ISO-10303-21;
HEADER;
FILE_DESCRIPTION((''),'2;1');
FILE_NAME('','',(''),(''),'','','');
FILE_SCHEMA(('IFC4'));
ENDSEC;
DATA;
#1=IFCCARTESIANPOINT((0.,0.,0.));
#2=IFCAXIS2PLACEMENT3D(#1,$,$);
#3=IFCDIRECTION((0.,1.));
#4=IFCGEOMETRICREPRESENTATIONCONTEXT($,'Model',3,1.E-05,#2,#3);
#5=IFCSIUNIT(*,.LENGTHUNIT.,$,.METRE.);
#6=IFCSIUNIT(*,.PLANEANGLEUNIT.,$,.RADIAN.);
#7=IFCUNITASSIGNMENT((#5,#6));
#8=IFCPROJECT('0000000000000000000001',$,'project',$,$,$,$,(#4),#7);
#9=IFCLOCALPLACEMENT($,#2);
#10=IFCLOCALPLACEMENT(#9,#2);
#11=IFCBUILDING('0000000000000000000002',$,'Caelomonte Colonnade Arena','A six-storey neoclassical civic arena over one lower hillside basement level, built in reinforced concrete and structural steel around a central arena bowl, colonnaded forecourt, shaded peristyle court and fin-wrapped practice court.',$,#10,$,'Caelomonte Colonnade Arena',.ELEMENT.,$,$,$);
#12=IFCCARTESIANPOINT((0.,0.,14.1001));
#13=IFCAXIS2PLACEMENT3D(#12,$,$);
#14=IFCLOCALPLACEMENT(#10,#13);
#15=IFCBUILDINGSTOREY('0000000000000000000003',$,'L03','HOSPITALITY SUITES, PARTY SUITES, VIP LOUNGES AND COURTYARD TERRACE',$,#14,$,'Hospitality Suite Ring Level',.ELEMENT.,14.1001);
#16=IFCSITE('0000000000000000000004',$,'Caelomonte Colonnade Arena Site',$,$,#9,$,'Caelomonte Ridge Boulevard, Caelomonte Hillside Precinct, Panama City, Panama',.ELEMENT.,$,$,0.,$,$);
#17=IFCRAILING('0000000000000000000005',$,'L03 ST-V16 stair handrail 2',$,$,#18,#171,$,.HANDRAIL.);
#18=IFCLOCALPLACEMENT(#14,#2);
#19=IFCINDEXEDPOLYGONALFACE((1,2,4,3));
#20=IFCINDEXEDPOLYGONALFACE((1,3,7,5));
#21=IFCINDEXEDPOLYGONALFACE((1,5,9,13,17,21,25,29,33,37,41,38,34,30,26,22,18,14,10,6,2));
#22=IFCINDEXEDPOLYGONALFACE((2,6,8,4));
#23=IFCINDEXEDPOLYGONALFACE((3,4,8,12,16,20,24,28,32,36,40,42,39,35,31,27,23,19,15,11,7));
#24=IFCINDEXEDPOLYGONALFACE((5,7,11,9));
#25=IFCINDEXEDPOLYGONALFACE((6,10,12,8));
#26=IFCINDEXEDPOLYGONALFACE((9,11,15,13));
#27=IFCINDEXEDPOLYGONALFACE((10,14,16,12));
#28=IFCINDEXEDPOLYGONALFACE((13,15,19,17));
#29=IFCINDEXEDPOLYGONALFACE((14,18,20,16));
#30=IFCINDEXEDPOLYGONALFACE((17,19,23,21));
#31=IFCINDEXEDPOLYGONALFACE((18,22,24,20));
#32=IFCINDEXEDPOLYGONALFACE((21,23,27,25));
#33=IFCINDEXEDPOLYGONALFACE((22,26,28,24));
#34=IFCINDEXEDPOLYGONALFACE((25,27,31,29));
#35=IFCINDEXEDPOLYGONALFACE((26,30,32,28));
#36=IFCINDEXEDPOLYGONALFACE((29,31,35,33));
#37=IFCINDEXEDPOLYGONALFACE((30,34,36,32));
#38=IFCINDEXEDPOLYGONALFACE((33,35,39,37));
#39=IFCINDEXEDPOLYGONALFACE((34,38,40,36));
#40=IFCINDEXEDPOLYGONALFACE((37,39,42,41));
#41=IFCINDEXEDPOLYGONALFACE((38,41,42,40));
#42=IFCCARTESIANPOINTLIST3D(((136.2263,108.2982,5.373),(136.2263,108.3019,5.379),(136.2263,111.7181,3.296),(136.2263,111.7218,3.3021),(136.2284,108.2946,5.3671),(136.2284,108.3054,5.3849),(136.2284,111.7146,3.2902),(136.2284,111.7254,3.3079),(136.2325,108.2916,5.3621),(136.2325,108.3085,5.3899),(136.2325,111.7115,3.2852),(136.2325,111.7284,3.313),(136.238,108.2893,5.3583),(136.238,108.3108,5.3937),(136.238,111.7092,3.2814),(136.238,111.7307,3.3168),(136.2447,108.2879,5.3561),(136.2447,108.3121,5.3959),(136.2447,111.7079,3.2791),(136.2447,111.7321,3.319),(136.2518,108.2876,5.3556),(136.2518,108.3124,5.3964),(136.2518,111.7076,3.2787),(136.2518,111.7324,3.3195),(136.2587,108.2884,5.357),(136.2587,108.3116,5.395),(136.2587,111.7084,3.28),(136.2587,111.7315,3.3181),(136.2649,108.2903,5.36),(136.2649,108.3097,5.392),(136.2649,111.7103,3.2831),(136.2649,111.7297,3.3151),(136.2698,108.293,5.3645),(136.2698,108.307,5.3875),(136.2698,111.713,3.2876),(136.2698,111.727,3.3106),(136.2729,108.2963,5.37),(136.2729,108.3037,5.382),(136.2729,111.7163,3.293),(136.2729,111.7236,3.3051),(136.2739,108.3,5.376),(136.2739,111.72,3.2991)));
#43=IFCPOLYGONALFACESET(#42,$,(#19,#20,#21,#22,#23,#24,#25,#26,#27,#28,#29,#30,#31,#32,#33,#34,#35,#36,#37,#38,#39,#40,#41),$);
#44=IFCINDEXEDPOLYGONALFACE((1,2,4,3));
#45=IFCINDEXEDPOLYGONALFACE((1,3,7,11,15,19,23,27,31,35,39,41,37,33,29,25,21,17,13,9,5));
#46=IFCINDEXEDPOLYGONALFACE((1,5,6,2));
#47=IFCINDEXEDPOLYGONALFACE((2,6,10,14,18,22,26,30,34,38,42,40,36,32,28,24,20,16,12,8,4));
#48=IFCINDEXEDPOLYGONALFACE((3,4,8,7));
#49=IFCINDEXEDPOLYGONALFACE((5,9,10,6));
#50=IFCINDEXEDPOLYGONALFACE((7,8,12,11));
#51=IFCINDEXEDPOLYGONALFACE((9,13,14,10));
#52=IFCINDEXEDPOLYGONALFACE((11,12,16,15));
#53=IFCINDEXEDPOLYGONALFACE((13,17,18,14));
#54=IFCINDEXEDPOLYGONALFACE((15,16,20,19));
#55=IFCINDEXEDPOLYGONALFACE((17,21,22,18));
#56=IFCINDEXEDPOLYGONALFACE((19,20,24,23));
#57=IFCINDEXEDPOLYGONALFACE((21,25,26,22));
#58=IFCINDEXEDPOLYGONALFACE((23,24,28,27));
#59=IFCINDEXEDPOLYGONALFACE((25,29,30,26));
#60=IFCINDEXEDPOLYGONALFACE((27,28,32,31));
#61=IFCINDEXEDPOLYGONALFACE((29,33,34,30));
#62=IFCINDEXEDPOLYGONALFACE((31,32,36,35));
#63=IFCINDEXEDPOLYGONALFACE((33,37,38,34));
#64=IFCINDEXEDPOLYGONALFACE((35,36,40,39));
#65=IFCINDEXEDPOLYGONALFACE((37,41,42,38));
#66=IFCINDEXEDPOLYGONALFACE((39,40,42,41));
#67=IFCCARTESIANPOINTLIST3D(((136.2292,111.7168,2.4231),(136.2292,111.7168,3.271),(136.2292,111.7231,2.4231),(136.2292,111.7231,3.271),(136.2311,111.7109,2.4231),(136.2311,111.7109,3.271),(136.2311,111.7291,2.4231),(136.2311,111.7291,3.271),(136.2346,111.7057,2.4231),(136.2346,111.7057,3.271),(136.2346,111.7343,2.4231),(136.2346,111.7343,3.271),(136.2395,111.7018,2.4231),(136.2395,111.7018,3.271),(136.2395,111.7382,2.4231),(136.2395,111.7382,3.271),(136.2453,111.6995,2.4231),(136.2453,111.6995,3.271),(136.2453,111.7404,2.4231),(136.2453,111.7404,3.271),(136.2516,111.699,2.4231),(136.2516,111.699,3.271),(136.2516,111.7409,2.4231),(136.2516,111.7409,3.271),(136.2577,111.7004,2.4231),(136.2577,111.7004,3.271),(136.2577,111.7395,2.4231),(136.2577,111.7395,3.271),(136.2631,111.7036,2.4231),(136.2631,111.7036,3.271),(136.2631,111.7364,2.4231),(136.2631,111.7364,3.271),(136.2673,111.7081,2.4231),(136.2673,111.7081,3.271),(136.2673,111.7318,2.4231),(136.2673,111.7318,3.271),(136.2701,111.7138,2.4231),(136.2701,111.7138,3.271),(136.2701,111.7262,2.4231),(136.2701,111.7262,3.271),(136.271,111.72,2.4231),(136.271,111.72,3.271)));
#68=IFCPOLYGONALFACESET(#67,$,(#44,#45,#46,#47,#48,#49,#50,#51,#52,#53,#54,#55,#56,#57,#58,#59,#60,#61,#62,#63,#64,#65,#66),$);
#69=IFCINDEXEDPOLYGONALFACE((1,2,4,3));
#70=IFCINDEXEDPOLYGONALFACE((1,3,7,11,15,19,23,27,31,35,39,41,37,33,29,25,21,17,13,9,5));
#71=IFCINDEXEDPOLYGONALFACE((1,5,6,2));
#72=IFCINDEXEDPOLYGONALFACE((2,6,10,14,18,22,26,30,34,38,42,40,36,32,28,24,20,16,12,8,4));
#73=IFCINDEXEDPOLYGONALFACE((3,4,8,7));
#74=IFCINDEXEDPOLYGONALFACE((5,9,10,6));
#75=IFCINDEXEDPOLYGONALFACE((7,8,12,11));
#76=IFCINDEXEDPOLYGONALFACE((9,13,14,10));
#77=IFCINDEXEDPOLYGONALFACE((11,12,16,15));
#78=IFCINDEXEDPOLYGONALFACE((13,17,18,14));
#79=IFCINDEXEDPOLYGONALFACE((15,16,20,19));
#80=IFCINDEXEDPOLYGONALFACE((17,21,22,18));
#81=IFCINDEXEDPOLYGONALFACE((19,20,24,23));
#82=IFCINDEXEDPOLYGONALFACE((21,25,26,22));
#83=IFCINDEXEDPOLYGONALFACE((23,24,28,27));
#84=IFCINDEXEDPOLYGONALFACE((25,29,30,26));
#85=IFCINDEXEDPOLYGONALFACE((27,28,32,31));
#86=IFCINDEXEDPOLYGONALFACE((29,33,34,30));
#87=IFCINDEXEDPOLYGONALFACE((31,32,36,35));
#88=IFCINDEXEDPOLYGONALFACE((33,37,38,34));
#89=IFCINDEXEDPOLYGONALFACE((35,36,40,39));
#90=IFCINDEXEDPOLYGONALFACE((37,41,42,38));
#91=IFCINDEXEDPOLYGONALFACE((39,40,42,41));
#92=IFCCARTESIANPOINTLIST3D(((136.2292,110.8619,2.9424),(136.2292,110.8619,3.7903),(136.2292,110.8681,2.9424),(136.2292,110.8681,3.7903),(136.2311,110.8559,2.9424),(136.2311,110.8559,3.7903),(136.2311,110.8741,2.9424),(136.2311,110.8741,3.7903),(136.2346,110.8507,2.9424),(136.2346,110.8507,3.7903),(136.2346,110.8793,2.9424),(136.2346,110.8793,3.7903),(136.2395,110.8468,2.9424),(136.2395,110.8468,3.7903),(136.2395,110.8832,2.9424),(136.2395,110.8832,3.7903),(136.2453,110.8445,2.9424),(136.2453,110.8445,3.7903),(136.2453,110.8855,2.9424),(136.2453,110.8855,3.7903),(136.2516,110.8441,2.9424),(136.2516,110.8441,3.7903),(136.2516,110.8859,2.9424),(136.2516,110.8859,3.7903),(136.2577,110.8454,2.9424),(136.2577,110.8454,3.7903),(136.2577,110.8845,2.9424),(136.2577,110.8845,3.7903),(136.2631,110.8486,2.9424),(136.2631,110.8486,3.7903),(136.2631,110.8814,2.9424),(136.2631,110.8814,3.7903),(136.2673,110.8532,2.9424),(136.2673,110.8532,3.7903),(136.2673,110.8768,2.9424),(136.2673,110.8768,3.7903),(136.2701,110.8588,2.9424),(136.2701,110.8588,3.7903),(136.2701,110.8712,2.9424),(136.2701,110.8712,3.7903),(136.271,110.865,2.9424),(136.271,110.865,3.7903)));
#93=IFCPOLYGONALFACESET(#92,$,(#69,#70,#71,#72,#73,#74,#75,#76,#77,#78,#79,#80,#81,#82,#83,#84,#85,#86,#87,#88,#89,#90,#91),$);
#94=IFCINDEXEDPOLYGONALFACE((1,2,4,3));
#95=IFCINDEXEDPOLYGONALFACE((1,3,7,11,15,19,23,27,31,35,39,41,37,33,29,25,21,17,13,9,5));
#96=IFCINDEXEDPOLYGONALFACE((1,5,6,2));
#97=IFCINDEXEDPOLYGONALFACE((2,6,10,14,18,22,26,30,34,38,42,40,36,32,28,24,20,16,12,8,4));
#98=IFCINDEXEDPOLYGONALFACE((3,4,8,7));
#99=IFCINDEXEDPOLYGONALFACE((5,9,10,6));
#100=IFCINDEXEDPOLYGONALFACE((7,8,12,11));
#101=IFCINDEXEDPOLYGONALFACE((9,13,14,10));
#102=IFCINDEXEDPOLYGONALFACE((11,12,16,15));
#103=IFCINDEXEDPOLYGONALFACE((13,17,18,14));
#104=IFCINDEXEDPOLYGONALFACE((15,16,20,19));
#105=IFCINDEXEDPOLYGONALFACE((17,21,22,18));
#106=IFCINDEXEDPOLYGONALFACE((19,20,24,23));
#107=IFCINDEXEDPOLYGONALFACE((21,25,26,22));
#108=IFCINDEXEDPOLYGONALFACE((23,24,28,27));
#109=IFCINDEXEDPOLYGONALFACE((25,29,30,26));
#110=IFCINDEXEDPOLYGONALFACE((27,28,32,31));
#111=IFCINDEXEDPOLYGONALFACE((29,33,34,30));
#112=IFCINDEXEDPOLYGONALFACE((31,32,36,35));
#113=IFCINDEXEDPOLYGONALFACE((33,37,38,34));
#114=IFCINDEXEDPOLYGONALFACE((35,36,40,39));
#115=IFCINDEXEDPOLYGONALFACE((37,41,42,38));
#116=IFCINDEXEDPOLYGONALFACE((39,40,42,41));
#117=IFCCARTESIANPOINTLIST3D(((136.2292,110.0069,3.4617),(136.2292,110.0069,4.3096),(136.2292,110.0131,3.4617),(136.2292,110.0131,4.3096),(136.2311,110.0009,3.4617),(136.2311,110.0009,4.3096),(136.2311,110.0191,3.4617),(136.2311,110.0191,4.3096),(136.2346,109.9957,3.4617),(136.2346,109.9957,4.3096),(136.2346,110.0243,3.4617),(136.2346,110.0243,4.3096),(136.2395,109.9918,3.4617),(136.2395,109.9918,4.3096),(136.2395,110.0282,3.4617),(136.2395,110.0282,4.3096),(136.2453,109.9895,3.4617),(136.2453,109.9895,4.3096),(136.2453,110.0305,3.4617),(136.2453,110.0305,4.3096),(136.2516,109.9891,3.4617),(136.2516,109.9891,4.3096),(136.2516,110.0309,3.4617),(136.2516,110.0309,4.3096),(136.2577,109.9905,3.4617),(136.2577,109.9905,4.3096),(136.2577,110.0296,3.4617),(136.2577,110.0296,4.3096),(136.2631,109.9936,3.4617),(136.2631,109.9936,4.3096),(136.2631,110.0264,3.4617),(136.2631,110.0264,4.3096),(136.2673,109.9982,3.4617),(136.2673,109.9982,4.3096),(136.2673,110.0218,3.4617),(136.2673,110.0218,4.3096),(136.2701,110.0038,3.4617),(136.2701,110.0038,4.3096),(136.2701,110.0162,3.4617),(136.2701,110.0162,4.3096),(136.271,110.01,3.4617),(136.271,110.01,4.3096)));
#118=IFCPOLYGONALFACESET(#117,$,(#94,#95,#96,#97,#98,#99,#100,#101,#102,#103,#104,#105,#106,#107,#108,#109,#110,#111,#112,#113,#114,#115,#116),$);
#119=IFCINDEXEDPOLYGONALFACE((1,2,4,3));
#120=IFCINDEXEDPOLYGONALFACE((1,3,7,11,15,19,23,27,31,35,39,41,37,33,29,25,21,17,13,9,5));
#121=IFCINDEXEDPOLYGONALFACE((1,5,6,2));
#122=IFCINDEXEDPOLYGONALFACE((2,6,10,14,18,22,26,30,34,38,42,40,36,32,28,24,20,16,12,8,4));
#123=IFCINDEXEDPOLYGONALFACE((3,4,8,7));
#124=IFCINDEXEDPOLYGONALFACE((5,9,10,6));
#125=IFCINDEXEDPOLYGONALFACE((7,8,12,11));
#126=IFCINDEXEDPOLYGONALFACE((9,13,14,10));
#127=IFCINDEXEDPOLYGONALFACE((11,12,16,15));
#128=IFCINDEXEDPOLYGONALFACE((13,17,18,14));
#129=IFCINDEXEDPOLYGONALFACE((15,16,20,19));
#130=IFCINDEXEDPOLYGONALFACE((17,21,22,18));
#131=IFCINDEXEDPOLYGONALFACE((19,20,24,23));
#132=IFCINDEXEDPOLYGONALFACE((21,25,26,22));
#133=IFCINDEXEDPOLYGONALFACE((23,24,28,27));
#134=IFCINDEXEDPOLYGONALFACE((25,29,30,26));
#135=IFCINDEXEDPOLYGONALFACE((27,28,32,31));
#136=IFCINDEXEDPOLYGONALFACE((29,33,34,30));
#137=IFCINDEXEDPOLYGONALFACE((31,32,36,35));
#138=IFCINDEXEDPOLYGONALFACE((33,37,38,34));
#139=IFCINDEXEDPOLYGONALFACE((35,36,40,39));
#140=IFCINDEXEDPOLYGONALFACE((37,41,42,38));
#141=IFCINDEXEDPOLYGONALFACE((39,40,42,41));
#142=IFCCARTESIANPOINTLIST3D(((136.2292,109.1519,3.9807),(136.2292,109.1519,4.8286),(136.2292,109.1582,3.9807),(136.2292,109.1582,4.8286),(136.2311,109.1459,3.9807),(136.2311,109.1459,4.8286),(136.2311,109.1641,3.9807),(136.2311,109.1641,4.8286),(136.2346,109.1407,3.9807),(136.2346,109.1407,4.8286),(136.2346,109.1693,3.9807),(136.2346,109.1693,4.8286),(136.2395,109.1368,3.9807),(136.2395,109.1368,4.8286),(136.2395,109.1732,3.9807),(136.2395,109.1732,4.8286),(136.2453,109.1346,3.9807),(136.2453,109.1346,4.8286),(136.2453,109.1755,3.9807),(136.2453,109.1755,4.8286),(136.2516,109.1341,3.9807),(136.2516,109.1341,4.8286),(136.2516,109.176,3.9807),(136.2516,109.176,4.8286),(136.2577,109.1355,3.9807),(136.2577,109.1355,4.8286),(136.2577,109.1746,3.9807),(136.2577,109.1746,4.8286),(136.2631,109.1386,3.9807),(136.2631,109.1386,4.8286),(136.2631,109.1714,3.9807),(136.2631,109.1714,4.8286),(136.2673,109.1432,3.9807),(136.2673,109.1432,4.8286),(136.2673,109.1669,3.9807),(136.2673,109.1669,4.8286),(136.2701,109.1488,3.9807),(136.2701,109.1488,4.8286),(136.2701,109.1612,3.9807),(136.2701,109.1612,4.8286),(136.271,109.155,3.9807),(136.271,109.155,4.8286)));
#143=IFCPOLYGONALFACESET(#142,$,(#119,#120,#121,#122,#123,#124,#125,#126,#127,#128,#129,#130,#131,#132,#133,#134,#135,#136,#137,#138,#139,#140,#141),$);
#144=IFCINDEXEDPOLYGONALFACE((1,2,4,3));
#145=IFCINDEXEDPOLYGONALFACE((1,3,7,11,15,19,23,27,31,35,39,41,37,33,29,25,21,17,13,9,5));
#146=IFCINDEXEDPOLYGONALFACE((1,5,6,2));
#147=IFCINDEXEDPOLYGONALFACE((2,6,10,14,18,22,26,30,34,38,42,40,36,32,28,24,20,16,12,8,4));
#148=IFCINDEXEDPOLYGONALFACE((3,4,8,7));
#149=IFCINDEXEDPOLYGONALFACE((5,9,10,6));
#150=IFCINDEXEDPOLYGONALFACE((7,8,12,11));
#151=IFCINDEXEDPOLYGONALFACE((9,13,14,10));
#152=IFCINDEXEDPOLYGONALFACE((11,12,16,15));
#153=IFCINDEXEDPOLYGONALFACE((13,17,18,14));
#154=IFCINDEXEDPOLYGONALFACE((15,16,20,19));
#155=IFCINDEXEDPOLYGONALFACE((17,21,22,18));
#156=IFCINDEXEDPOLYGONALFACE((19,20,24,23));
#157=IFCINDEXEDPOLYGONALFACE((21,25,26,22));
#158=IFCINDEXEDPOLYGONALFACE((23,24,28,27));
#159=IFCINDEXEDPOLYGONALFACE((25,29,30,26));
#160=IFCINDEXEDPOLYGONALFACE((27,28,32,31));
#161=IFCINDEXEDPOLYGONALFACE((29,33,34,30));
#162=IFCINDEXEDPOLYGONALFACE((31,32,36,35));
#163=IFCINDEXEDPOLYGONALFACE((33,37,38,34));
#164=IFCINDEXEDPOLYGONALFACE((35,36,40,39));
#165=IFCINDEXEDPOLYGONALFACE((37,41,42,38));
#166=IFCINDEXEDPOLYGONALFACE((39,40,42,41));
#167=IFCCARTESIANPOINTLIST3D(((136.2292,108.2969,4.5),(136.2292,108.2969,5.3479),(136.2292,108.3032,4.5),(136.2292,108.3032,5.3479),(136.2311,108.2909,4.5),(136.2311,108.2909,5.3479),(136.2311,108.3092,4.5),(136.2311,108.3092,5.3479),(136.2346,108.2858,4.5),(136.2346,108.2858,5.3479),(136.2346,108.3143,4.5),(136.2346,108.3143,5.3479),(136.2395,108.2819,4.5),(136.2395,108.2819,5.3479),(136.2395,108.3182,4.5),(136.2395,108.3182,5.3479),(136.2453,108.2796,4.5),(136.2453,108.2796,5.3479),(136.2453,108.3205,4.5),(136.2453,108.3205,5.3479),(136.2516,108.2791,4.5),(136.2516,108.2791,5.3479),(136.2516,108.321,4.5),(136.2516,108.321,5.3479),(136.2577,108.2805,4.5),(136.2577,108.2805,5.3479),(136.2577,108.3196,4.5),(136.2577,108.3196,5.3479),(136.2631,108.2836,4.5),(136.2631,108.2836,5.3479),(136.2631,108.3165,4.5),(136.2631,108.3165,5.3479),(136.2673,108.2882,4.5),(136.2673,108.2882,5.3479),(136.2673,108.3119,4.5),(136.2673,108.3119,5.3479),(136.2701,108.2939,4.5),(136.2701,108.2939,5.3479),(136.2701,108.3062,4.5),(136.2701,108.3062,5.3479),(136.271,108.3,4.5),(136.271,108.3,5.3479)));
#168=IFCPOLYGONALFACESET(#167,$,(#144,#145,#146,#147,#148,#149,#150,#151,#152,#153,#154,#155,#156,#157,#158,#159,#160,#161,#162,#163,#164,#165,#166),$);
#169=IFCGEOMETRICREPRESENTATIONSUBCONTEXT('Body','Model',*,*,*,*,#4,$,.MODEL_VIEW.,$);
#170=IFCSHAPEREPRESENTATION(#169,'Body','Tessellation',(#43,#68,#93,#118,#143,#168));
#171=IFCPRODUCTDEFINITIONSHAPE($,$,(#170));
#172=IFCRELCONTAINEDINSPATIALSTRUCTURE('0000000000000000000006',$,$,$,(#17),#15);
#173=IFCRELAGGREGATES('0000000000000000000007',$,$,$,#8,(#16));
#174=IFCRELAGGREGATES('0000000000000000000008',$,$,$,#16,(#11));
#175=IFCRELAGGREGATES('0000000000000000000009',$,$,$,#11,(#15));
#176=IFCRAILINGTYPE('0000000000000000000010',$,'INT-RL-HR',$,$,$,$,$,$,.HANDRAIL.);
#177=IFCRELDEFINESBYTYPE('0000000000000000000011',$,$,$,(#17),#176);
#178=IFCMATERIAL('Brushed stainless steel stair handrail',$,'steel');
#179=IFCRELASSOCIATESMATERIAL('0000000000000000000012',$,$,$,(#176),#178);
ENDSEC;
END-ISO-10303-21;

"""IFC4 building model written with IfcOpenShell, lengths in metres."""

from ifc_helpers import new_model, si_unit, direction, frame, origin, origin_2d, place, context, subcontext, project, spatial, circle, extrude, material, type_object, element, save


model = new_model("IFC4")

# Units and contexts
model_context = context("Model", 3, precision=1e-05, world=origin(), true_north=direction((0.0, 1.0)))
body_context = subcontext(model_context, "Body", "Model", "MODEL_VIEW")
ifc_project = project(units=[si_unit("LENGTHUNIT", "METRE"), si_unit("PLANEANGLEUNIT", "RADIAN")], contexts=[model_context])

# Site, building, storey
site_placement = place(None, origin())
site = spatial("IfcSite", under=ifc_project, at=site_placement, Name="Caelomonte Colonnade Arena Site", LongName="Caelomonte Ridge Boulevard, Caelomonte Hillside Precinct, Panama City, Panama", CompositionType="ELEMENT", RefElevation=0.0)
building_placement = place(site_placement, origin())
building = spatial("IfcBuilding", under=site, at=building_placement, Name="Caelomonte Colonnade Arena", Description="A six-storey neoclassical civic arena over one lower hillside basement level, built in reinforced concrete and structural steel around a central arena bowl, colonnaded forecourt, shaded peristyle court and fin-wrapped practice court.", LongName="Caelomonte Colonnade Arena", CompositionType="ELEMENT")
storey_placement = place(building_placement, frame((0.0, 0.0, 14.1001)))
storey = spatial("IfcBuildingStorey", under=building, at=storey_placement, Name="L03", Description="HOSPITALITY SUITES, PARTY SUITES, VIP LOUNGES AND COURTYARD TERRACE", LongName="Hospitality Suite Ring Level", CompositionType="ELEMENT", Elevation=14.1001)

# Railing
ifc_material_1 = material(Name="Brushed stainless steel stair handrail", Category="steel")
railing_type_1 = type_object("IfcRailingType", Name="INT-RL-HR", PredefinedType="HANDRAIL", material=ifc_material_1)
railing_1_placement = place(storey_placement, frame((136.25, 111.72, 2.4231)))
element("IfcRailing", 1, at=railing_1_placement, inside=storey, type_object=railing_type_1, Name="L03 ST-V16 stair handrail 2", PredefinedType="HANDRAIL", context=body_context, shape_type="SweptSolid", body=[
    extrude(circle(Radius=0.0239, at=origin_2d()), frame((0.0, 0.0, 0.876), z_axis=(0.0, -0.85473, 0.519074), x_axis=(1.0, 0.0, 0.0)), (0.0, 0.0, 1.0), 4.0012),
    extrude(circle(Radius=0.021, at=origin_2d()), origin(), (0.0, 0.0, 1.0), 0.8479),
    extrude(circle(Radius=0.021, at=origin_2d()), frame((0.0, -0.855, 0.5193)), (0.0, 0.0, 1.0), 0.8479),
    extrude(circle(Radius=0.021, at=origin_2d()), frame((0.0, -1.71, 1.0386)), (0.0, 0.0, 1.0), 0.8479),
    extrude(circle(Radius=0.021, at=origin_2d()), frame((0.0, -2.5649, 1.5576)), (0.0, 0.0, 1.0), 0.8479),
    extrude(circle(Radius=0.021, at=origin_2d()), frame((0.0, -3.4199, 2.0769)), (0.0, 0.0, 1.0), 0.8479),
])

save(model, "model.ifc")
